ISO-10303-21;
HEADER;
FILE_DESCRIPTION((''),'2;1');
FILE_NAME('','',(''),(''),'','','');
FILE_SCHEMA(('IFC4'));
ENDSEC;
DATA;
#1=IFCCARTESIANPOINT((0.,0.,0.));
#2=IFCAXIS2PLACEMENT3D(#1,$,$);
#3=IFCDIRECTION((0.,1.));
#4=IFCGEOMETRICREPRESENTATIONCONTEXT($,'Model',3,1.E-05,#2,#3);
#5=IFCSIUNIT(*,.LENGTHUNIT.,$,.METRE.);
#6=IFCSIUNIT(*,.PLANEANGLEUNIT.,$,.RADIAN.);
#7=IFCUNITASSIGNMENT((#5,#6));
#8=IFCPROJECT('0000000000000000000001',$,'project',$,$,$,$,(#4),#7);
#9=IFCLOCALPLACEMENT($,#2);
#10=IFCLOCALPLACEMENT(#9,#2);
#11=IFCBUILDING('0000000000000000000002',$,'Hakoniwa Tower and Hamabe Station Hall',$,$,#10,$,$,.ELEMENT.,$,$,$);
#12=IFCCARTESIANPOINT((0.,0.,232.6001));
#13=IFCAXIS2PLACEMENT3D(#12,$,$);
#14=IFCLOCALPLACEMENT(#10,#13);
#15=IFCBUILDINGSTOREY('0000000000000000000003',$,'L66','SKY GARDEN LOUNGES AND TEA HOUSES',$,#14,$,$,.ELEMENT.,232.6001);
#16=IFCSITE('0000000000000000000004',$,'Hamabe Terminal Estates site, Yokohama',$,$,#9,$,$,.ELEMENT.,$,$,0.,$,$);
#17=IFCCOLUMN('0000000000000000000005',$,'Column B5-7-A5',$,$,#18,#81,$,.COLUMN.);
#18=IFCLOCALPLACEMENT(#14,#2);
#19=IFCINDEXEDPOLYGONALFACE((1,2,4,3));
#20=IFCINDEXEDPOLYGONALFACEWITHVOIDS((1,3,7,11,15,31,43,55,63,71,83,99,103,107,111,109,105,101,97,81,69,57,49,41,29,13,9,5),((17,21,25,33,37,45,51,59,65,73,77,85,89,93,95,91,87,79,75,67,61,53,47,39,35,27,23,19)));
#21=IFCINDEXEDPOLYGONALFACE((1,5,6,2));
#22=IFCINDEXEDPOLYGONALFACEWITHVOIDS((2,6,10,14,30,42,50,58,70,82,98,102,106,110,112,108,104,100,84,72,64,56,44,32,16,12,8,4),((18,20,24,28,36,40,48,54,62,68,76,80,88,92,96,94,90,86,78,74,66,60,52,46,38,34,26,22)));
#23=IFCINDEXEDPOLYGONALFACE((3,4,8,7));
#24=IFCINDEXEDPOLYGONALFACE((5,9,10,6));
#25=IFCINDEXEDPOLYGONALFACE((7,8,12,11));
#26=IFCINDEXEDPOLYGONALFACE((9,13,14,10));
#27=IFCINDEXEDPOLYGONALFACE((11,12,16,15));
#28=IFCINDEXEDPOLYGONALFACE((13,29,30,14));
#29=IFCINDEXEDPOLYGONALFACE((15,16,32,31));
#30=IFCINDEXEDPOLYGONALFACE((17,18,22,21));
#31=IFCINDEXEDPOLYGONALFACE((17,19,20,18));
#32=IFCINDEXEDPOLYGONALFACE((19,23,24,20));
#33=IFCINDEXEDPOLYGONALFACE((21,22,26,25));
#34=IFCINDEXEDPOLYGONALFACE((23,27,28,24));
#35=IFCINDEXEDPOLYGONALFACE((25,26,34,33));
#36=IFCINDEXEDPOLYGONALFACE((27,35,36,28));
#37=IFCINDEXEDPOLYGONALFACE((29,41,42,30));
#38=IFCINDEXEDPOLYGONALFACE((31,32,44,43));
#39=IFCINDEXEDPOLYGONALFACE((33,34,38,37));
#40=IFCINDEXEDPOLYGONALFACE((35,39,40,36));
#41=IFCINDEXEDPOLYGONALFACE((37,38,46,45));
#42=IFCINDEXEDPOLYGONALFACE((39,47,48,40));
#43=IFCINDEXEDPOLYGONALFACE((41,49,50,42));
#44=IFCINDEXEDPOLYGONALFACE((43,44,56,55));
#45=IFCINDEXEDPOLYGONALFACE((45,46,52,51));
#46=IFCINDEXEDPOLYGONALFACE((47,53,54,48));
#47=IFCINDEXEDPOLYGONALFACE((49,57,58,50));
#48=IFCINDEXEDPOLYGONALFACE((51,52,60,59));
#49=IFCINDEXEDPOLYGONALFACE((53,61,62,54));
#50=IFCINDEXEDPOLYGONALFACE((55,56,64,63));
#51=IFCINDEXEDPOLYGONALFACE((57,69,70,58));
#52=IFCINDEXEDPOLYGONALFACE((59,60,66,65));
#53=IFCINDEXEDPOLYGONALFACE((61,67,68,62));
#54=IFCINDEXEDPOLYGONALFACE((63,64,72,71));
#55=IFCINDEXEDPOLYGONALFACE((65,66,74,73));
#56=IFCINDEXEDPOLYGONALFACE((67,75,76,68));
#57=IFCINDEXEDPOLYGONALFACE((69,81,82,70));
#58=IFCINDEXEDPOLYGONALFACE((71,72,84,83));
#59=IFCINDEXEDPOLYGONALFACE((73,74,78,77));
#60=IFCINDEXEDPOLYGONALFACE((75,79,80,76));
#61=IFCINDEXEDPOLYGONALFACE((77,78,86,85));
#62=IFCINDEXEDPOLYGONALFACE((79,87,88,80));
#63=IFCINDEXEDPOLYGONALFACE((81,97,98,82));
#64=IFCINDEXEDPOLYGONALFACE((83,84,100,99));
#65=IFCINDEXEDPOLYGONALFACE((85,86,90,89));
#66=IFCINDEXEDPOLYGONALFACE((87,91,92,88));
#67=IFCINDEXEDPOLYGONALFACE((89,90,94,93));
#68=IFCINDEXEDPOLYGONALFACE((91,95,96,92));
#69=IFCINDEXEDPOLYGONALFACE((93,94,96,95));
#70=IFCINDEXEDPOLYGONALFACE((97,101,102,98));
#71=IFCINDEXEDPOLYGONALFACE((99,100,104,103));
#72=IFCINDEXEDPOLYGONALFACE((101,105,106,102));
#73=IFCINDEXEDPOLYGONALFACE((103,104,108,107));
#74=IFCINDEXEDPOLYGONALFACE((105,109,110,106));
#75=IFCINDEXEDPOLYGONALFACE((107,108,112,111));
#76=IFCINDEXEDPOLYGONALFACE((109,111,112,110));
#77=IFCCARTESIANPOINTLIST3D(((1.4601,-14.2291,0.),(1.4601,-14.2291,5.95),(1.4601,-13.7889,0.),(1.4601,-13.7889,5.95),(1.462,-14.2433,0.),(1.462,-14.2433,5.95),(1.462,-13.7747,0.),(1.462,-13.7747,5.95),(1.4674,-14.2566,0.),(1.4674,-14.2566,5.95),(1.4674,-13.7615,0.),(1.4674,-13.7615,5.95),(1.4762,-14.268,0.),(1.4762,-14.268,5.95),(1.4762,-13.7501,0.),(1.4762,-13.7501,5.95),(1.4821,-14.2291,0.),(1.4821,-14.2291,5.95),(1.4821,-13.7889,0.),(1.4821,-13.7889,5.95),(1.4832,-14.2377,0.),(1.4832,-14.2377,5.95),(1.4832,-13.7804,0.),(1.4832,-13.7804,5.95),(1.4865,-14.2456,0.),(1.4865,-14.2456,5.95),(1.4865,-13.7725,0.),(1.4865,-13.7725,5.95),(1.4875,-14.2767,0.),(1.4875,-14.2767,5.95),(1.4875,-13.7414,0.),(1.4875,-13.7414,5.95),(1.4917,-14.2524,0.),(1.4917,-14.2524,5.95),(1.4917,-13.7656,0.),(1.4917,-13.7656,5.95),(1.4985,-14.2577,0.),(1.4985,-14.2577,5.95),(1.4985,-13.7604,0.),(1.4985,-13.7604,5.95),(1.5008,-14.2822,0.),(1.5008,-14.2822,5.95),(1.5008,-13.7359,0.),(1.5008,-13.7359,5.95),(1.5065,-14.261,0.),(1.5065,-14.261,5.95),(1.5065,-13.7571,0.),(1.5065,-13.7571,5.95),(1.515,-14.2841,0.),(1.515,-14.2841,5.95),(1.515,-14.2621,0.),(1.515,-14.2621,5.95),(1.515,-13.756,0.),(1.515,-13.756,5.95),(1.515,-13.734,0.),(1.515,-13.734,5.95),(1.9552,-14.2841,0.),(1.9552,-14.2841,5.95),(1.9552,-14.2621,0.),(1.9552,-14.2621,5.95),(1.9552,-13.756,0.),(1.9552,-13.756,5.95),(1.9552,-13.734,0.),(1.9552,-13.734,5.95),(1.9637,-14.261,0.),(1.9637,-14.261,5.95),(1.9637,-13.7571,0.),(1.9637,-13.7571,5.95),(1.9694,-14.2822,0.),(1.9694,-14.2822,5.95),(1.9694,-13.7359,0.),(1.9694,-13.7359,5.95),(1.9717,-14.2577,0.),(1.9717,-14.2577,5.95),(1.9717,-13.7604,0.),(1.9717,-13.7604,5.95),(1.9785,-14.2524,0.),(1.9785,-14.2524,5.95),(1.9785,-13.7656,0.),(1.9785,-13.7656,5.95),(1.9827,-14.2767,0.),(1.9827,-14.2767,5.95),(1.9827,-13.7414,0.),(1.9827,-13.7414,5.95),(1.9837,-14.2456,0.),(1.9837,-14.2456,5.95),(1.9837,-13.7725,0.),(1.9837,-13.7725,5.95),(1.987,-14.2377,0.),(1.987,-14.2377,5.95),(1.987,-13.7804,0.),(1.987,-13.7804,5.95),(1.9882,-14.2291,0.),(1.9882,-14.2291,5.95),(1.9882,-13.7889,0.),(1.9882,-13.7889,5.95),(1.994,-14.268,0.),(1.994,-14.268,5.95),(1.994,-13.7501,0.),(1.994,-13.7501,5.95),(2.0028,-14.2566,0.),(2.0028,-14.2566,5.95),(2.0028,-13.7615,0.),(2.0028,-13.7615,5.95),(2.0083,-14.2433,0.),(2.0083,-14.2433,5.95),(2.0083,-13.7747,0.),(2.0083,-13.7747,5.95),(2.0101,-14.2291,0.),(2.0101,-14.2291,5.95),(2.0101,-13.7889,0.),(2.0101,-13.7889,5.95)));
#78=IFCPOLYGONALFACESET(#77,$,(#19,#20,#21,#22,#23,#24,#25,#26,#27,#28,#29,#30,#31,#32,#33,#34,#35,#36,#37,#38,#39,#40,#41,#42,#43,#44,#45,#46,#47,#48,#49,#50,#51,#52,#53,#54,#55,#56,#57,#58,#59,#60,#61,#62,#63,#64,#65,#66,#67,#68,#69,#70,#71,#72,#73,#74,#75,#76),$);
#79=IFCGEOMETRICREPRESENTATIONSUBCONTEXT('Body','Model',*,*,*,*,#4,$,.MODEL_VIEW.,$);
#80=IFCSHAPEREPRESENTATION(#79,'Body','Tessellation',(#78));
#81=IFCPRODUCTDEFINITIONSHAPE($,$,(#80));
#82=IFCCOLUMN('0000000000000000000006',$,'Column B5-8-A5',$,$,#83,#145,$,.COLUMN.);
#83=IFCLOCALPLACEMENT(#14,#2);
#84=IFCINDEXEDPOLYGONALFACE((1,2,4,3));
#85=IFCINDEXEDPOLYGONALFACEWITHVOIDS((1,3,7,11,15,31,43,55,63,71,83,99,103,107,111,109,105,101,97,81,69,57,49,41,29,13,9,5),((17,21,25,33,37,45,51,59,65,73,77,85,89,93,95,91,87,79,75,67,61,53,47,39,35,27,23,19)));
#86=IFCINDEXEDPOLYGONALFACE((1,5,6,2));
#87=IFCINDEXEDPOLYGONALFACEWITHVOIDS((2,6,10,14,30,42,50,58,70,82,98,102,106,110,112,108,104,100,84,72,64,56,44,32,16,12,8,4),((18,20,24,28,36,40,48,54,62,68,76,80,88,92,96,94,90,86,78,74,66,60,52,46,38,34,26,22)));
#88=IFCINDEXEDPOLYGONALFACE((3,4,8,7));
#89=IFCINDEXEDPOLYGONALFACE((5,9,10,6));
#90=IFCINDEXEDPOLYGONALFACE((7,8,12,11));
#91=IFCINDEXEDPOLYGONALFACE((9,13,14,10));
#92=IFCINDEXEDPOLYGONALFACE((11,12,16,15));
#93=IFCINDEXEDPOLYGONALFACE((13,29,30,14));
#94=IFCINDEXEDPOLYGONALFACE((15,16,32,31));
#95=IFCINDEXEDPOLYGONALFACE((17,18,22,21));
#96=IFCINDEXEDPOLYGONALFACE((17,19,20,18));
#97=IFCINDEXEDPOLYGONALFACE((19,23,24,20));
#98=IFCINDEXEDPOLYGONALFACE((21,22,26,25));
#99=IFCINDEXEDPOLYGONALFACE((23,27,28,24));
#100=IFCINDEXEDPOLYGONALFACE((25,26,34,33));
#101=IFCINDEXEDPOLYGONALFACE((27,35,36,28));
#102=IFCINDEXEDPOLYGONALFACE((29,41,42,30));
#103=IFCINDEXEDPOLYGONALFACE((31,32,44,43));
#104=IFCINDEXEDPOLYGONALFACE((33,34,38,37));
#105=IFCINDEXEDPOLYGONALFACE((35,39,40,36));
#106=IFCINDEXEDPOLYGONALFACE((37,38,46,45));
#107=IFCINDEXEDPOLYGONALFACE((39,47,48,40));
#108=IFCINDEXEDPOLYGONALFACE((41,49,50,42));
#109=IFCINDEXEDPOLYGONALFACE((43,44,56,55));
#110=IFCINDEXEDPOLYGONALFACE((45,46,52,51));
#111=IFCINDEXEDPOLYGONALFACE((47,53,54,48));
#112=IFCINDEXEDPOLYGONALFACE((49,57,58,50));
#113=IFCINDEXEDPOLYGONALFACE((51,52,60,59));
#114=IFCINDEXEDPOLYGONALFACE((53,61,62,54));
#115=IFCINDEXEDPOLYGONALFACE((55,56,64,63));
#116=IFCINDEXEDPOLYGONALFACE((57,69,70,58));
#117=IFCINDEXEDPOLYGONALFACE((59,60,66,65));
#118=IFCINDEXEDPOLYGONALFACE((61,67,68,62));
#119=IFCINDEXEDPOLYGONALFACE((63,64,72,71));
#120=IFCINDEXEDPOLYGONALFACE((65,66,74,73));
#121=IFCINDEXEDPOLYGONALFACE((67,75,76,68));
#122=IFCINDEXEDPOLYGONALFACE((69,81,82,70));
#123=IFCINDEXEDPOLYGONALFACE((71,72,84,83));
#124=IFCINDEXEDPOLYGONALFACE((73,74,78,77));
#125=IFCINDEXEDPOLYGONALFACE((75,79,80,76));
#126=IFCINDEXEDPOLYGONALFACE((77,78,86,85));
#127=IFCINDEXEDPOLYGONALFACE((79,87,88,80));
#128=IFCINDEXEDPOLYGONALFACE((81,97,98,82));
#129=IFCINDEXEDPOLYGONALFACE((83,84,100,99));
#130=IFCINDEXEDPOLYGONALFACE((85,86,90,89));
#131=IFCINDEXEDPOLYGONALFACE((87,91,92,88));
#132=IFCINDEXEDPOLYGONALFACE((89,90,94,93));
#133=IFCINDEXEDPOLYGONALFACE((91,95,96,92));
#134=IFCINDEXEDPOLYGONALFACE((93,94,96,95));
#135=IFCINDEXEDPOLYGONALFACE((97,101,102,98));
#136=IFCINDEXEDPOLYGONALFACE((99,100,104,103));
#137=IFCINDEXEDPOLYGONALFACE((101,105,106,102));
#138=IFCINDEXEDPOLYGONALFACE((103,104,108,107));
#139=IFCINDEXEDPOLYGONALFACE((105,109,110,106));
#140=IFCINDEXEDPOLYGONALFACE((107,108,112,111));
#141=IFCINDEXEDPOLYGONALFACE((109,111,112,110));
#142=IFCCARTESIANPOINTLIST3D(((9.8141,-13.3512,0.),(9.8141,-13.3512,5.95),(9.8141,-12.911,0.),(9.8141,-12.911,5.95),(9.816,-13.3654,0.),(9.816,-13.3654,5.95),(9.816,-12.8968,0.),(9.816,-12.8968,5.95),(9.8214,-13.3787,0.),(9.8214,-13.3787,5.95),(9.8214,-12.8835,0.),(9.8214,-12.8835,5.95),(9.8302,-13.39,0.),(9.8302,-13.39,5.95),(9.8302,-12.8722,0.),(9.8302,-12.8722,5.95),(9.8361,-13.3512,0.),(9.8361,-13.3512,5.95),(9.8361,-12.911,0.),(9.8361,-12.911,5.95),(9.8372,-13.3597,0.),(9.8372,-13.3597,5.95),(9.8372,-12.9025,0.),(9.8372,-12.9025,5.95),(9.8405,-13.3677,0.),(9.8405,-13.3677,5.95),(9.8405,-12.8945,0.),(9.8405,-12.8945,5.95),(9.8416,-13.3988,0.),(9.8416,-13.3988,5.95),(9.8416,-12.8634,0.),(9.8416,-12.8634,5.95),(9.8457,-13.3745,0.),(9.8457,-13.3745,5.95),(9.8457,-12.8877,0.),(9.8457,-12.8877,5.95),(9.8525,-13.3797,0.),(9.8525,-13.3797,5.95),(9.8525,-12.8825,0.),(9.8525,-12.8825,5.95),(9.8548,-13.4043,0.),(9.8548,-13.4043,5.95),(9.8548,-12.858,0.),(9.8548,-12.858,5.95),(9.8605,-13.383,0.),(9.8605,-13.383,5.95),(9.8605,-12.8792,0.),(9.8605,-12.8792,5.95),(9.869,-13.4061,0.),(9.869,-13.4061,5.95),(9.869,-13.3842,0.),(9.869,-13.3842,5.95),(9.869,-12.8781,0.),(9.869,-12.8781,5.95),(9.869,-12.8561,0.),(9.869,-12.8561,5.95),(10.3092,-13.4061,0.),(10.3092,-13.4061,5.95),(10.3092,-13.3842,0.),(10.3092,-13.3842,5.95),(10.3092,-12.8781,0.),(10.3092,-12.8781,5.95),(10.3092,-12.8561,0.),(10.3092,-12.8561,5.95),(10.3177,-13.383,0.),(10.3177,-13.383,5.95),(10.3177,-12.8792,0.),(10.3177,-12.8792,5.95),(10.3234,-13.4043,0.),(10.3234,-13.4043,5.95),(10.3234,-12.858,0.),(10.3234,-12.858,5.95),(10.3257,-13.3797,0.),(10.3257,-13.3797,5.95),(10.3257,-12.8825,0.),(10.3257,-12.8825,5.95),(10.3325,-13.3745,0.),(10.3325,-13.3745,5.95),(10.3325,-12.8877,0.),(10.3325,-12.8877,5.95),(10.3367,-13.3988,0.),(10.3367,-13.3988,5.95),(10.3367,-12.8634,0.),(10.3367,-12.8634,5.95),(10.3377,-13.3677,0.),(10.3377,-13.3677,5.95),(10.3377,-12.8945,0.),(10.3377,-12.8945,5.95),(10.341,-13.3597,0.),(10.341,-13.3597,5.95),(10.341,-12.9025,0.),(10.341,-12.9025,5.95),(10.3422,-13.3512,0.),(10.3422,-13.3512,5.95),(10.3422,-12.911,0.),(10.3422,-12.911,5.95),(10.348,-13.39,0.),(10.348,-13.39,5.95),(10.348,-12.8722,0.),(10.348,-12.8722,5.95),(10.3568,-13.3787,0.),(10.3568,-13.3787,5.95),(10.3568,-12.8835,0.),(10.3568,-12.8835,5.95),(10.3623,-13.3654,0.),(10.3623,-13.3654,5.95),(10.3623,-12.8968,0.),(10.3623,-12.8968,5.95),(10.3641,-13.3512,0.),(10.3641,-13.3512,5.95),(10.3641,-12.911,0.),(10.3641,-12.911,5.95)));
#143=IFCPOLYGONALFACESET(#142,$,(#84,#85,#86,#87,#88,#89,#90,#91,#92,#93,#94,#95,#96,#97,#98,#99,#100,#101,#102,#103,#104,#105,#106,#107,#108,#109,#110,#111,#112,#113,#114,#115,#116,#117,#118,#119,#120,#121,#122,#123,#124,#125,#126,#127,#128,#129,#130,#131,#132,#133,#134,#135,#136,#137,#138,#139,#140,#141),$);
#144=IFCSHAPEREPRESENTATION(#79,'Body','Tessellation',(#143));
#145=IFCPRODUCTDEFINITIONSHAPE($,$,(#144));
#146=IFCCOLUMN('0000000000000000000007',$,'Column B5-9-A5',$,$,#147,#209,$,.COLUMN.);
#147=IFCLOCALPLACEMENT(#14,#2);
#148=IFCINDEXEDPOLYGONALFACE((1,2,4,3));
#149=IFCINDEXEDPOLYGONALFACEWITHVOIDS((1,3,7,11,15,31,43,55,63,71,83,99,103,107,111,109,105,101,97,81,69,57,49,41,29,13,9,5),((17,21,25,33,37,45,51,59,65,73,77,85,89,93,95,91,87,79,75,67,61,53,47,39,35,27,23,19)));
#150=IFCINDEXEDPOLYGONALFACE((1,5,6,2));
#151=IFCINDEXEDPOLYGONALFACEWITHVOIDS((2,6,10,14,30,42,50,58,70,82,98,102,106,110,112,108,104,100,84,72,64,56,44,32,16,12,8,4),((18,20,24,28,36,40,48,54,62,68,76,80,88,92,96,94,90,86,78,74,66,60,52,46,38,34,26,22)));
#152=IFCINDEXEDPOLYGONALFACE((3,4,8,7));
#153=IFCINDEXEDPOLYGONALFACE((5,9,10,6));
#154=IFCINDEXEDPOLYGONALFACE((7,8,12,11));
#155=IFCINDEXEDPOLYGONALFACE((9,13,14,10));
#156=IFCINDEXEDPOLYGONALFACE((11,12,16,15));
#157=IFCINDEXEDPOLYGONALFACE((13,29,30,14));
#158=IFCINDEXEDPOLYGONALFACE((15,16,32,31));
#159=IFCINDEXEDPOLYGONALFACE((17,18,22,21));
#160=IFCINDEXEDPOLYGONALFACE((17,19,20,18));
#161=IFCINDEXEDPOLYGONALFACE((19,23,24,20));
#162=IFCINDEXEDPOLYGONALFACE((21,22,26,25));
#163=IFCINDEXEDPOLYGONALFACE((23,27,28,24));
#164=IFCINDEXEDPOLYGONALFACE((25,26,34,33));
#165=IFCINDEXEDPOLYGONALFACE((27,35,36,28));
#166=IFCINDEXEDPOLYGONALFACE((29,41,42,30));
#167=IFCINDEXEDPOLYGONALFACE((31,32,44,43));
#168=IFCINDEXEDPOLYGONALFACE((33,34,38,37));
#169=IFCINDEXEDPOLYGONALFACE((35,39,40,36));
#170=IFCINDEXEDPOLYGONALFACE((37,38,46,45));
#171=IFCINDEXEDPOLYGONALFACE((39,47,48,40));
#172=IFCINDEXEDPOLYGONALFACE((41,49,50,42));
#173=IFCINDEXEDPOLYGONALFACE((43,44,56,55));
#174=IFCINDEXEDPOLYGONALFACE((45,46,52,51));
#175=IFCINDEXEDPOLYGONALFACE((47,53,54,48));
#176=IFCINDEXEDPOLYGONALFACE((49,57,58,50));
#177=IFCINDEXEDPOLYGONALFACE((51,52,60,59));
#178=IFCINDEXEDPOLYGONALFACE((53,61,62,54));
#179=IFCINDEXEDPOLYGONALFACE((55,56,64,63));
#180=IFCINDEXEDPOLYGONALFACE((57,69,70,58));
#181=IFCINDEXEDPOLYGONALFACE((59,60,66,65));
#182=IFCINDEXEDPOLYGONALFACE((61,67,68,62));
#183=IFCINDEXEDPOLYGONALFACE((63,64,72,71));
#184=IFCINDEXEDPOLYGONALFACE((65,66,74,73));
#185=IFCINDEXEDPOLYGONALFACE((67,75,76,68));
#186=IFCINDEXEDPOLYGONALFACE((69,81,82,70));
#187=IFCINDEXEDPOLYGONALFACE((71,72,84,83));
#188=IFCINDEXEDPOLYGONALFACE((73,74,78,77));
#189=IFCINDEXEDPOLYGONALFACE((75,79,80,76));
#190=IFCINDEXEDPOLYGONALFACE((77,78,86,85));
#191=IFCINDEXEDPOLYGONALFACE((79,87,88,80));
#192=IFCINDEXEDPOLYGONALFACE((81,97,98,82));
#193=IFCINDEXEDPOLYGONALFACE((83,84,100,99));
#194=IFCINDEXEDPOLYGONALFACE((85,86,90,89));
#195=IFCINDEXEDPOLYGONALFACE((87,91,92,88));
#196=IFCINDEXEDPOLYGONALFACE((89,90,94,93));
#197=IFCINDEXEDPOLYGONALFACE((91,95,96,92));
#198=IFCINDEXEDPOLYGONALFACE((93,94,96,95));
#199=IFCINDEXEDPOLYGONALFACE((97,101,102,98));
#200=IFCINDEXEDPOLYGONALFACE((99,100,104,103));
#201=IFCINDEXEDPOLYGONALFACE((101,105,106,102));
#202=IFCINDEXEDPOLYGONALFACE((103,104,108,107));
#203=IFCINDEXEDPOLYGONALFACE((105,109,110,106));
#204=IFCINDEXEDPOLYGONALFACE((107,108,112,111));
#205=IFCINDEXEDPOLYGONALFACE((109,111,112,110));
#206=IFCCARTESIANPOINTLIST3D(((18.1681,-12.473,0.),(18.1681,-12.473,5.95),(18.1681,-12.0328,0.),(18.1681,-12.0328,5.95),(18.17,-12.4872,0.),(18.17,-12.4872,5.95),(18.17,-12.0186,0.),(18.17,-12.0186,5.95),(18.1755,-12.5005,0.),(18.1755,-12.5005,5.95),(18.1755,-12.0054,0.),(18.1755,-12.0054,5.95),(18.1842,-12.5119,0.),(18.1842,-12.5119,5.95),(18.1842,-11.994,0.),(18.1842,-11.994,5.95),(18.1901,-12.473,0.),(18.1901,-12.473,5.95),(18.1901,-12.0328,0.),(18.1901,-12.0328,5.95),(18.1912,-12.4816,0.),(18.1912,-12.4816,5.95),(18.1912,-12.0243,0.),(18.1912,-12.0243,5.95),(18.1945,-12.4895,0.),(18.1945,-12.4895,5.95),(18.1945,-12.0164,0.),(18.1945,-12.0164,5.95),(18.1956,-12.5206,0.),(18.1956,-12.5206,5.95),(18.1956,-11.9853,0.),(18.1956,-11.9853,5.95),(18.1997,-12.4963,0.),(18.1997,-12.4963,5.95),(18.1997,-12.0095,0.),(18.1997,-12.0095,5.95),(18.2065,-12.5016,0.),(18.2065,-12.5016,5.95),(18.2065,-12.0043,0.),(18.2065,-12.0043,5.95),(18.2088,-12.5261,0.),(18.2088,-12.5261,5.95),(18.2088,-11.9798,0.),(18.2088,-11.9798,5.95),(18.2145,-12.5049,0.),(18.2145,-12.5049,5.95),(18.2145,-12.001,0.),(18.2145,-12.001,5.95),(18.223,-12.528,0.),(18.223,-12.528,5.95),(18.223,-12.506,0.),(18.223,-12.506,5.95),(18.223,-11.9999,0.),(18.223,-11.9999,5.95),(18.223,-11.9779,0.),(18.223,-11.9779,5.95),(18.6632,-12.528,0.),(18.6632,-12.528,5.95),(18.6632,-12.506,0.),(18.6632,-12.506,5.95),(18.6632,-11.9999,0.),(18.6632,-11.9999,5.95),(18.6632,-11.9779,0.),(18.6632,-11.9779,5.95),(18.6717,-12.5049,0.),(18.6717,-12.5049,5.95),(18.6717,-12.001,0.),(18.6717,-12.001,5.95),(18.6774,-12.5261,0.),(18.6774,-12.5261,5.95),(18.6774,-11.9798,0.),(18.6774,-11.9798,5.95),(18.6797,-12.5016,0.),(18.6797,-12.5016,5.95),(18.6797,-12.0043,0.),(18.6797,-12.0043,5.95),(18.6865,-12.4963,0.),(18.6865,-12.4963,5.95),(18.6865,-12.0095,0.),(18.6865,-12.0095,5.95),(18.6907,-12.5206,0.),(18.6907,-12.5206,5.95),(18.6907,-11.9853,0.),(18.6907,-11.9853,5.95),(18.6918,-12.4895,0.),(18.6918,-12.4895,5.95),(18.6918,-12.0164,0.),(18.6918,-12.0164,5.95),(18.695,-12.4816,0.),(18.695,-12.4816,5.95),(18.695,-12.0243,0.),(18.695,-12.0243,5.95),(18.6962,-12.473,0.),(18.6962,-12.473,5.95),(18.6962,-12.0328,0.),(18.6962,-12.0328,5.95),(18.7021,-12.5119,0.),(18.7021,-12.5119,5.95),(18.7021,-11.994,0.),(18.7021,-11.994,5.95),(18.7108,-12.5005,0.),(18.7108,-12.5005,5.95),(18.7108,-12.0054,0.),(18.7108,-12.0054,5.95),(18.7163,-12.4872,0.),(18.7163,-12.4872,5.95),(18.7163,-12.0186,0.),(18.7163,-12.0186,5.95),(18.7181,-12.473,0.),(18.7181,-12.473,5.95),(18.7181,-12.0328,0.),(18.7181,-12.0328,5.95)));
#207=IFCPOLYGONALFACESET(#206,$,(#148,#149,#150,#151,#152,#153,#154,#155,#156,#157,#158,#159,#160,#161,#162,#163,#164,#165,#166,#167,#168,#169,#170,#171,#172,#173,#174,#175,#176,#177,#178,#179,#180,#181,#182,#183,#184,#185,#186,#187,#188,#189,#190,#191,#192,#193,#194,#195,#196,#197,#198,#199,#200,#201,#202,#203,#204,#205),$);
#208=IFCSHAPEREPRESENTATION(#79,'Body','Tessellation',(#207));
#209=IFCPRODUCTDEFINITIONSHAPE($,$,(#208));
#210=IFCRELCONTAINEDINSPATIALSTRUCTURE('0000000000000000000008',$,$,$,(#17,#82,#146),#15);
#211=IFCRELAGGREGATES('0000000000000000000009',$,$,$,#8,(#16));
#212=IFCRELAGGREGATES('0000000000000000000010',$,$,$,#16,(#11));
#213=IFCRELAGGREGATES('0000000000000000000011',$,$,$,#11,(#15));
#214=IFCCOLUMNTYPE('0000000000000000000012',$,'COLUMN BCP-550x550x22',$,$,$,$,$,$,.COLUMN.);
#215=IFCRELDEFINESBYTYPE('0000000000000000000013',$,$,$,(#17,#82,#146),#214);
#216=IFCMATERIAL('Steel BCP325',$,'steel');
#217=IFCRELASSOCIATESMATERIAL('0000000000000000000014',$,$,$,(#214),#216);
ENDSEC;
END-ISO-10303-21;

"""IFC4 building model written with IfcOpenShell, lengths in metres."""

from ifc_helpers import new_model, si_unit, direction, frame, origin, origin_2d, place, context, subcontext, project, spatial, hollow_rectangle, extrude, material, material_profile, profile_set, type_object, element, save


model = new_model("IFC4")

# Units and contexts
model_context = context("Model", 3, precision=1e-05, world=origin(), true_north=direction((0.0, 1.0)))
body_context = subcontext(model_context, "Body", "Model", "MODEL_VIEW")
ifc_project = project(units=[si_unit("LENGTHUNIT", "METRE"), si_unit("PLANEANGLEUNIT", "RADIAN")], contexts=[model_context])

# Site, building, storey
site_placement = place(None, origin())
site = spatial("IfcSite", under=ifc_project, at=site_placement, Name="Hamabe Terminal Estates site, Yokohama", CompositionType="ELEMENT", RefElevation=0.0)
building_placement = place(site_placement, origin())
building = spatial("IfcBuilding", under=site, at=building_placement, Name="Hakoniwa Tower and Hamabe Station Hall", CompositionType="ELEMENT")
storey_placement = place(building_placement, frame((0.0, 0.0, 232.6001)))
storey = spatial("IfcBuildingStorey", under=building, at=storey_placement, Name="L66", Description="SKY GARDEN LOUNGES AND TEA HOUSES", CompositionType="ELEMENT", Elevation=232.6001)

# Columns
ifc_material_1 = material(Name="Steel BCP325", Category="steel")
ifc_material_profile_1 = material_profile(ifc_material_1, hollow_rectangle(XDim=0.55, YDim=0.55, WallThickness=0.022, InnerFilletRadius=0.033, OuterFilletRadius=0.0549, at=origin_2d()), Name="BCP-550x550x22")
ifc_profile_set_1 = profile_set([ifc_material_profile_1], Name="Steel BCP325")
column_type = type_object("IfcColumnType", Name="COLUMN BCP-550x550x22", PredefinedType="COLUMN", material=ifc_profile_set_1)
for number, where, z_axis, x_axis, name in (
    (1, (1.7351, -14.009, 0.0), (0.0, 0.0, 1.0), (1.0, 0.0, 0.0), "Column B5-7-A5"),
    (2, (10.0891, -13.1311, 0.0), (0.0, 0.0, 1.0), (1.0, 0.0, 0.0), "Column B5-8-A5"),
    (3, (18.4431, -12.2529, 0.0), (0.0, 0.0, 1.0), (1.0, 0.0, 0.0), "Column B5-9-A5"),
):
    element("IfcColumn", number, at=place(storey_placement, frame(where, z_axis=z_axis, x_axis=x_axis)), inside=storey, type_object=column_type, Name=name, PredefinedType="COLUMN", context=body_context, shape_type="SweptSolid", body=[
        extrude(hollow_rectangle(XDim=0.55, YDim=0.55, WallThickness=0.022, InnerFilletRadius=0.033, OuterFilletRadius=0.0549, at=origin_2d()), origin(), (0.0, 0.0, 1.0), 5.95),
    ])

save(model, "model.ifc")
